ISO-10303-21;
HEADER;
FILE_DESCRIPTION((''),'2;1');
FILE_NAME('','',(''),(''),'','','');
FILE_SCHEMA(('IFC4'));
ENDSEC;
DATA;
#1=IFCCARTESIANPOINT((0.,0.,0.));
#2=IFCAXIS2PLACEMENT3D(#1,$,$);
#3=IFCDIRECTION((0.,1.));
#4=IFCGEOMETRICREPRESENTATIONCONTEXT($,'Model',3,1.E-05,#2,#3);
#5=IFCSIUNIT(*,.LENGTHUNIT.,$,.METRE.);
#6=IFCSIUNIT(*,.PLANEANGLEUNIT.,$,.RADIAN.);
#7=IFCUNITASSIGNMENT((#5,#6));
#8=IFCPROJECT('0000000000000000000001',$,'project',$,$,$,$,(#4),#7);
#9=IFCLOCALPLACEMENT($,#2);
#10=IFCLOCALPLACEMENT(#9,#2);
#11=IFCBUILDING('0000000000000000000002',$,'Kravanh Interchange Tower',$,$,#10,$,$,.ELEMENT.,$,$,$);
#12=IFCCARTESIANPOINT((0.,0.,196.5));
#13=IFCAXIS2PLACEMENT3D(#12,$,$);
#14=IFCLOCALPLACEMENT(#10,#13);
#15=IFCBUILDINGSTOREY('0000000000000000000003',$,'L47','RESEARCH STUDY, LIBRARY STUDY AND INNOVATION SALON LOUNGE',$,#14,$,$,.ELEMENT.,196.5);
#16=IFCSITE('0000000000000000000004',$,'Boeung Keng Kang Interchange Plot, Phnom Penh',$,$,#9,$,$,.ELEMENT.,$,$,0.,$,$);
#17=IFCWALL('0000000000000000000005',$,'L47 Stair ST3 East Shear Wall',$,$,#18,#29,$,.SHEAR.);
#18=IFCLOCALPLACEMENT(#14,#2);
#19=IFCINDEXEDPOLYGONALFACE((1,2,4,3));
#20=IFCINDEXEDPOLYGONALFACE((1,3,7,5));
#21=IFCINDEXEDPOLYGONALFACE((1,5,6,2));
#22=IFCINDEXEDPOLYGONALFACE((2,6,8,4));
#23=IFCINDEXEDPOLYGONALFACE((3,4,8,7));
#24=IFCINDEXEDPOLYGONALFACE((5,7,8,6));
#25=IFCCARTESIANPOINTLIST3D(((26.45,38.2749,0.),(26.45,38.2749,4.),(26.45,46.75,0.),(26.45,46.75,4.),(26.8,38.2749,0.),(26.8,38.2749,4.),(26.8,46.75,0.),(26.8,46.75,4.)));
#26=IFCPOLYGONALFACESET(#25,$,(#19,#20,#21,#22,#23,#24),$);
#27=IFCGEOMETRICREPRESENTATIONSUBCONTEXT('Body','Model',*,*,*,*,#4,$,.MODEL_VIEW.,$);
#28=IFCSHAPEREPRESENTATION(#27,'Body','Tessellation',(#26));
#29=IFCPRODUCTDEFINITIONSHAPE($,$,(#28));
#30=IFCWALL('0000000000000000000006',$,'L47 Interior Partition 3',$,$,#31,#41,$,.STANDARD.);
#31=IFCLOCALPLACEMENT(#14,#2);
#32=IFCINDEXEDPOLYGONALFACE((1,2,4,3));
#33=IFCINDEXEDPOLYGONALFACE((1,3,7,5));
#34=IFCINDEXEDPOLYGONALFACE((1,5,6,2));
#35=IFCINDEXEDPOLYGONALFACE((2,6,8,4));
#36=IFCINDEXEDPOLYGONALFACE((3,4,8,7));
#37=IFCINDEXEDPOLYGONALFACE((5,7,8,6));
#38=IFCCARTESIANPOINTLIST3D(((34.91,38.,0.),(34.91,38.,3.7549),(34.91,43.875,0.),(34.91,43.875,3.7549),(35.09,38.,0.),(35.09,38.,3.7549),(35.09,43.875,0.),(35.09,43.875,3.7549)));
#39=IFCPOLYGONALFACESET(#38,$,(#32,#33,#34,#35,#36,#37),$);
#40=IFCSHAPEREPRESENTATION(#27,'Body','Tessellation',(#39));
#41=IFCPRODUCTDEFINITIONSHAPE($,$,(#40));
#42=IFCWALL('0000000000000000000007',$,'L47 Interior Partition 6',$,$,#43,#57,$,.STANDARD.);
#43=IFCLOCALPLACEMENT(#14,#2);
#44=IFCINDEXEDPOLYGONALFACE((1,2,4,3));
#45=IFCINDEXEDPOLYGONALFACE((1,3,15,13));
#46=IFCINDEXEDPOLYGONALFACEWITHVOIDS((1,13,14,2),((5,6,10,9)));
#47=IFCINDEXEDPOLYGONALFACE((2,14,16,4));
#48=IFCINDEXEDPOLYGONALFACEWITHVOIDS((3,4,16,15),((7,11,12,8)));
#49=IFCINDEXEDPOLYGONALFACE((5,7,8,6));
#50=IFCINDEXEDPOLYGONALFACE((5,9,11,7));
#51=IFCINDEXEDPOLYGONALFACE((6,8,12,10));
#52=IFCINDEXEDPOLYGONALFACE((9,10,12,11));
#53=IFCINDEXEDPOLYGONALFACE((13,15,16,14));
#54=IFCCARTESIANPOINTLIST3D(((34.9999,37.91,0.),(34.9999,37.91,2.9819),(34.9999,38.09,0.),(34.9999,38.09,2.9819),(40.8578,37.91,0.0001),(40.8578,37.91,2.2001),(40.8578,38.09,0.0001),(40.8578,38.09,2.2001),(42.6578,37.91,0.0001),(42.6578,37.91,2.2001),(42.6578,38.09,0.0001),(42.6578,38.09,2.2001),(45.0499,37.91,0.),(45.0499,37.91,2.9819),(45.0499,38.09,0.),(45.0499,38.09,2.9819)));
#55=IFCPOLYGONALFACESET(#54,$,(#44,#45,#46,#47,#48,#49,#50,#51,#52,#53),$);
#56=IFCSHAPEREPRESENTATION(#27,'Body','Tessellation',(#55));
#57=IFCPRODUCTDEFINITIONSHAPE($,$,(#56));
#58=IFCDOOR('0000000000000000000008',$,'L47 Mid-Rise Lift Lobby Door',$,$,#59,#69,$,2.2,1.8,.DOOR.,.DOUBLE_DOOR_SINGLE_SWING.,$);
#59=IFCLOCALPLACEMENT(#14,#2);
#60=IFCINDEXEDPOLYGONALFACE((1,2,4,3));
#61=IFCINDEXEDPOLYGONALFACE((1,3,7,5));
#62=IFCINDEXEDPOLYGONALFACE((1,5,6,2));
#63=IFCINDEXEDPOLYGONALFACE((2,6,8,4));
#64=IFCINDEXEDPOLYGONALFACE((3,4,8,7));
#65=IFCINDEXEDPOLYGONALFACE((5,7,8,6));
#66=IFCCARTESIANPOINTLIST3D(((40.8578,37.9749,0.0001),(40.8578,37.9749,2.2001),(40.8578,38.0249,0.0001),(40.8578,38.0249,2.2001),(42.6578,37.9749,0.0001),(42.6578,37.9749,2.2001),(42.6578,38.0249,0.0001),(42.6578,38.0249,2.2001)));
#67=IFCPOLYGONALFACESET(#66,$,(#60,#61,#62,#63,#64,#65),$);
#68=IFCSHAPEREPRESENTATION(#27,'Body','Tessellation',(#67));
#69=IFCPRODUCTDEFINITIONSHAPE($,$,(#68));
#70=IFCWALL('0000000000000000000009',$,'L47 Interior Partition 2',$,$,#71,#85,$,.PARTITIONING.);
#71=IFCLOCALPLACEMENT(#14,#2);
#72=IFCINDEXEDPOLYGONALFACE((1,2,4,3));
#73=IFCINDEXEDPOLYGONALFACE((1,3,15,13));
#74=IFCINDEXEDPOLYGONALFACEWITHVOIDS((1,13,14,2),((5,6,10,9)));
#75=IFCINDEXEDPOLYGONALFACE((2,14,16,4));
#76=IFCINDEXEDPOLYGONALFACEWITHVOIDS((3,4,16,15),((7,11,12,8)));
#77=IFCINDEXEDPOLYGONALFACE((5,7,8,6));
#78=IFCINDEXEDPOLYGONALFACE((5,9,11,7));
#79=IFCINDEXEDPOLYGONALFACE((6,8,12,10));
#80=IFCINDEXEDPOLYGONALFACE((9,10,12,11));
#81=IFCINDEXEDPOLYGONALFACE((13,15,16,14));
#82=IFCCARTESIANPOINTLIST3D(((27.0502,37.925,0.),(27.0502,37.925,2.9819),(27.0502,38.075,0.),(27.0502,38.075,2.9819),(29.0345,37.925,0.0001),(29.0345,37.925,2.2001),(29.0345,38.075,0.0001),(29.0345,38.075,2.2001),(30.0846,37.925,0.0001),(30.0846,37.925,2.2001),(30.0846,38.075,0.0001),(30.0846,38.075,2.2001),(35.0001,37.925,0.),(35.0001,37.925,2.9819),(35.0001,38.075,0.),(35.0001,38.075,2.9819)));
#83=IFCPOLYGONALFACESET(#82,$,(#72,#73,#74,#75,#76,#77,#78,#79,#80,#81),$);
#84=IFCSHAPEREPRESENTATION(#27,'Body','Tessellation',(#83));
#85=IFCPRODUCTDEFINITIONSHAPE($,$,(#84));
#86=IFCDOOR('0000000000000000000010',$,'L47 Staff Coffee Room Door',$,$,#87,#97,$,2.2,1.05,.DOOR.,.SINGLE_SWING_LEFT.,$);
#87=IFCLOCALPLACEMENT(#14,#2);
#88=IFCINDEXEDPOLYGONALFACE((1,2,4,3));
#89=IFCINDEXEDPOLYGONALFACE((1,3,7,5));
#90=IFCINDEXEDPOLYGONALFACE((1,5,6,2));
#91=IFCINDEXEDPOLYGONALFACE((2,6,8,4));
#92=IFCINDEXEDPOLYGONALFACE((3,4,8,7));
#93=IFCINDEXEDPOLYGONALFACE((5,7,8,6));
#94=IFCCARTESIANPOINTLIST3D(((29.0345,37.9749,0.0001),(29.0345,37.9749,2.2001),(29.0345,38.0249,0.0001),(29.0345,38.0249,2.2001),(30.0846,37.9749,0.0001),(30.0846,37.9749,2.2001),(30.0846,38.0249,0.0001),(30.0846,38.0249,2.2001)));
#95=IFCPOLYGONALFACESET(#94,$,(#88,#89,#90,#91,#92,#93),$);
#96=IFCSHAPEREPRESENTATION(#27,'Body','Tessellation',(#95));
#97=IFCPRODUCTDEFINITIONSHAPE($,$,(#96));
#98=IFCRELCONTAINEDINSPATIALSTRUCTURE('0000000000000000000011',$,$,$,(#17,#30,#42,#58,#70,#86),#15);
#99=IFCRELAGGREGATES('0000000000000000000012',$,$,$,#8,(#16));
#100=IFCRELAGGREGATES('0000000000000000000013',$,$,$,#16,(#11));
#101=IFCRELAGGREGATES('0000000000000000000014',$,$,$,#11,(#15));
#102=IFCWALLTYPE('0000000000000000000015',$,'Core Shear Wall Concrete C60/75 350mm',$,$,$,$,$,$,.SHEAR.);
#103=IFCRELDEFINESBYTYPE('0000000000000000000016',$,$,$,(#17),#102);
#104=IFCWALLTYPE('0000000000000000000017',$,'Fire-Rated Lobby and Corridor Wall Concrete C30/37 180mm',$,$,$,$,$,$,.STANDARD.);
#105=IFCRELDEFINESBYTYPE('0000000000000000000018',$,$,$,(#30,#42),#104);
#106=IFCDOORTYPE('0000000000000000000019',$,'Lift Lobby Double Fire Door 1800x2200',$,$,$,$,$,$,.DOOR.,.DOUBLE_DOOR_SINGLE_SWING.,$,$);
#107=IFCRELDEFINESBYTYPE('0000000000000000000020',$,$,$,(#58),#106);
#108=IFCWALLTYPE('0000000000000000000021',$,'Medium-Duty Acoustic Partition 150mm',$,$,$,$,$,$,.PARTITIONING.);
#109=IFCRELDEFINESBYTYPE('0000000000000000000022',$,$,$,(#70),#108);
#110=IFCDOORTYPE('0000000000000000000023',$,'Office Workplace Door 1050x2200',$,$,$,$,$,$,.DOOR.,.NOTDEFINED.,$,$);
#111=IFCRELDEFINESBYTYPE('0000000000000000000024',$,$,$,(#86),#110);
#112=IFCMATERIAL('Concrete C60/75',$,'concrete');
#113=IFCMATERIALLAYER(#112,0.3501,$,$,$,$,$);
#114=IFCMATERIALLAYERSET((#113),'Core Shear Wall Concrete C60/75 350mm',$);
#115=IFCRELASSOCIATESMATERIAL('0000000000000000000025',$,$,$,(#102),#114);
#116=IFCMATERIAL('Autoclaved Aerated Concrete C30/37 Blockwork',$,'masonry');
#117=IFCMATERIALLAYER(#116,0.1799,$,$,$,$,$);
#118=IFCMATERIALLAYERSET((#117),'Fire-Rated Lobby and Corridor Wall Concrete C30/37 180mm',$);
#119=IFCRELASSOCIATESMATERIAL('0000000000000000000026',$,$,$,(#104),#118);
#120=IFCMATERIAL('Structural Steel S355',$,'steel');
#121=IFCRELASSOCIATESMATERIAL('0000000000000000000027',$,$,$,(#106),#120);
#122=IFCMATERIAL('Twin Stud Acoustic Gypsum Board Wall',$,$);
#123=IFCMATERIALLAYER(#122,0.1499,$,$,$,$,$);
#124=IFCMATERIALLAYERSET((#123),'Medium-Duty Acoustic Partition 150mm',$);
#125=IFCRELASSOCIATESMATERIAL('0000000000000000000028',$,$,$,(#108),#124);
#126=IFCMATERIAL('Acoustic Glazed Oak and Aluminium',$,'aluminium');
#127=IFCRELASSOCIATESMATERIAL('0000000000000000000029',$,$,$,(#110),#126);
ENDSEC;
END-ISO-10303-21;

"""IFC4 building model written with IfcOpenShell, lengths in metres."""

from ifc_helpers import new_model, si_unit, direction, frame, frame_2d, origin, place, context, subcontext, project, spatial, rectangle, extrude, material, layer, layer_set, type_object, element, fill, save


model = new_model("IFC4")

# Units and contexts
model_context = context("Model", 3, precision=1e-05, world=origin(), true_north=direction((0.0, 1.0)))
body_context = subcontext(model_context, "Body", "Model", "MODEL_VIEW")
ifc_project = project(units=[si_unit("LENGTHUNIT", "METRE"), si_unit("PLANEANGLEUNIT", "RADIAN")], contexts=[model_context])

# Site, building, storey
site_placement = place(None, origin())
site = spatial("IfcSite", under=ifc_project, at=site_placement, Name="Boeung Keng Kang Interchange Plot, Phnom Penh", CompositionType="ELEMENT", RefElevation=0.0)
building_placement = place(site_placement, origin())
building = spatial("IfcBuilding", under=site, at=building_placement, Name="Kravanh Interchange Tower", CompositionType="ELEMENT")
storey_placement = place(building_placement, frame((0.0, 0.0, 196.5)))
storey = spatial("IfcBuildingStorey", under=building, at=storey_placement, Name="L47", Description="RESEARCH STUDY, LIBRARY STUDY AND INNOVATION SALON LOUNGE", CompositionType="ELEMENT", Elevation=196.5)

# Shared definitions
ifc_material_1 = material(Name="Concrete C60/75", Category="concrete")
ifc_layer_1 = layer(ifc_material_1, 0.3501)
ifc_layer_set_1 = layer_set([ifc_layer_1], Name="Core Shear Wall Concrete C60/75 350mm")
wall_type_1 = type_object("IfcWallType", Name="Core Shear Wall Concrete C60/75 350mm", PredefinedType="SHEAR", material=ifc_layer_set_1)

# Walls
wall_1_placement = place(storey_placement, frame((26.625, 38.2749, 0.0), z_axis=(0.0, 0.0, 1.0), x_axis=(0.0, 1.0, 0.0)))
element("IfcWall", 1, at=wall_1_placement, inside=storey, type_object=wall_type_1, Name="L47 Stair ST3 East Shear Wall", PredefinedType="SHEAR", context=body_context, shape_type="SweptSolid", body=[
    extrude(rectangle(XDim=8.4751, YDim=0.3501, at=frame_2d((4.2375, 0.0))), origin(), (0.0, 0.0, 1.0), 4.0),
])
ifc_material_2 = material(Name="Autoclaved Aerated Concrete C30/37 Blockwork", Category="masonry")
ifc_layer_2 = layer(ifc_material_2, 0.1799)
ifc_layer_set_2 = layer_set([ifc_layer_2], Name="Fire-Rated Lobby and Corridor Wall Concrete C30/37 180mm")
wall_type_2 = type_object("IfcWallType", Name="Fire-Rated Lobby and Corridor Wall Concrete C30/37 180mm", PredefinedType="STANDARD", material=ifc_layer_set_2)
wall_2_placement = place(storey_placement, frame((35.0, 38.0, 0.0), z_axis=(0.0, 0.0, 1.0), x_axis=(0.0, 1.0, 0.0)))
element("IfcWall", 2, at=wall_2_placement, inside=storey, type_object=wall_type_2, Name="L47 Interior Partition 3", PredefinedType="STANDARD", context=body_context, shape_type="SweptSolid", body=[
    extrude(rectangle(XDim=5.875, YDim=0.1799, at=frame_2d((2.9375, 0.0))), origin(), (0.0, 0.0, 1.0), 3.7549),
])

# Walls, openings, doors
wall_3_placement = place(storey_placement, frame((35.0, 38.0, 0.0), z_axis=(0.0, 0.0, 1.0), x_axis=(1.0, 0.0, 0.0)))
wall_3 = element("IfcWall", 3, at=wall_3_placement, inside=storey, type_object=wall_type_2, Name="L47 Interior Partition 6", PredefinedType="STANDARD", context=body_context, shape_type="SweptSolid", body=[
    extrude(rectangle(XDim=10.05, YDim=0.1799, at=frame_2d((5.0249, 0.0))), origin(), (0.0, 0.0, 1.0), 2.9819),
])
opening_1_placement = place(wall_3_placement, frame((5.8579, 0.0, 0.0)))
opening_1 = element("IfcOpeningElement", 4, at=opening_1_placement, cuts=wall_3, PredefinedType="OPENING", context=body_context, shape_type="SweptSolid", body=[
    extrude(rectangle(XDim=1.8, YDim=2.2, at=frame_2d((0.8999, 1.1001))), frame((0.0, 0.1001, 0.0), z_axis=(0.0, -1.0, 0.0), x_axis=(1.0, 0.0, 0.0)), (0.0, 0.0, 1.0), 0.2),
])
ifc_material_3 = material(Name="Structural Steel S355", Category="steel")
door_type_1 = type_object("IfcDoorType", Name="Lift Lobby Double Fire Door 1800x2200", OperationType="DOUBLE_DOOR_SINGLE_SWING", PredefinedType="DOOR", material=ifc_material_3)
door_1_placement = place(opening_1_placement, origin())
door_1 = element("IfcDoor", 5, at=door_1_placement, inside=storey, type_object=door_type_1, Name="L47 Mid-Rise Lift Lobby Door", OperationType="DOUBLE_DOOR_SINGLE_SWING", OverallHeight=2.2, OverallWidth=1.8, PredefinedType="DOOR", context=body_context, shape_type="SweptSolid", body=[
    extrude(rectangle(XDim=1.8, YDim=2.2, at=frame_2d((0.8999, 1.1001))), frame((0.0, 0.0249, 0.0), z_axis=(0.0, -1.0, 0.0), x_axis=(1.0, 0.0, 0.0)), (0.0, 0.0, 1.0), 0.05),
])
fill(opening_1, door_1)
ifc_material_4 = material(Name="Twin Stud Acoustic Gypsum Board Wall")
ifc_layer_3 = layer(ifc_material_4, 0.1499)
ifc_layer_set_3 = layer_set([ifc_layer_3], Name="Medium-Duty Acoustic Partition 150mm")
wall_type_3 = type_object("IfcWallType", Name="Medium-Duty Acoustic Partition 150mm", PredefinedType="PARTITIONING", material=ifc_layer_set_3)
wall_4_placement = place(storey_placement, frame((27.05, 38.0, 0.0), z_axis=(0.0, 0.0, 1.0), x_axis=(1.0, 0.0, 0.0)))
wall_4 = element("IfcWall", 6, at=wall_4_placement, inside=storey, type_object=wall_type_3, Name="L47 Interior Partition 2", PredefinedType="PARTITIONING", context=body_context, shape_type="SweptSolid", body=[
    extrude(rectangle(XDim=7.95, YDim=0.1499, at=frame_2d((3.9751, 0.0))), origin(), (0.0, 0.0, 1.0), 2.9819),
])
opening_2_placement = place(wall_4_placement, frame((1.9846, 0.0, 0.0)))
opening_2 = element("IfcOpeningElement", 7, at=opening_2_placement, cuts=wall_4, PredefinedType="OPENING", context=body_context, shape_type="SweptSolid", body=[
    extrude(rectangle(XDim=1.05, YDim=2.2, at=frame_2d((0.5249, 1.1001))), frame((0.0, 0.085, 0.0), z_axis=(0.0, -1.0, 0.0), x_axis=(1.0, 0.0, 0.0)), (0.0, 0.0, 1.0), 0.1699),
])
ifc_material_5 = material(Name="Acoustic Glazed Oak and Aluminium", Category="aluminium")
door_type_2 = type_object("IfcDoorType", Name="Office Workplace Door 1050x2200", OperationType="NOTDEFINED", PredefinedType="DOOR", material=ifc_material_5)
door_2_placement = place(opening_2_placement, origin())
door_2 = element("IfcDoor", 8, at=door_2_placement, inside=storey, type_object=door_type_2, Name="L47 Staff Coffee Room Door", OperationType="SINGLE_SWING_LEFT", OverallHeight=2.2, OverallWidth=1.05, PredefinedType="DOOR", context=body_context, shape_type="SweptSolid", body=[
    extrude(rectangle(XDim=1.05, YDim=2.2, at=frame_2d((0.5249, 1.1001))), frame((0.0, 0.0249, 0.0), z_axis=(0.0, -1.0, 0.0), x_axis=(1.0, 0.0, 0.0)), (0.0, 0.0, 1.0), 0.05),
])
fill(opening_2, door_2)

save(model, "model.ifc")
